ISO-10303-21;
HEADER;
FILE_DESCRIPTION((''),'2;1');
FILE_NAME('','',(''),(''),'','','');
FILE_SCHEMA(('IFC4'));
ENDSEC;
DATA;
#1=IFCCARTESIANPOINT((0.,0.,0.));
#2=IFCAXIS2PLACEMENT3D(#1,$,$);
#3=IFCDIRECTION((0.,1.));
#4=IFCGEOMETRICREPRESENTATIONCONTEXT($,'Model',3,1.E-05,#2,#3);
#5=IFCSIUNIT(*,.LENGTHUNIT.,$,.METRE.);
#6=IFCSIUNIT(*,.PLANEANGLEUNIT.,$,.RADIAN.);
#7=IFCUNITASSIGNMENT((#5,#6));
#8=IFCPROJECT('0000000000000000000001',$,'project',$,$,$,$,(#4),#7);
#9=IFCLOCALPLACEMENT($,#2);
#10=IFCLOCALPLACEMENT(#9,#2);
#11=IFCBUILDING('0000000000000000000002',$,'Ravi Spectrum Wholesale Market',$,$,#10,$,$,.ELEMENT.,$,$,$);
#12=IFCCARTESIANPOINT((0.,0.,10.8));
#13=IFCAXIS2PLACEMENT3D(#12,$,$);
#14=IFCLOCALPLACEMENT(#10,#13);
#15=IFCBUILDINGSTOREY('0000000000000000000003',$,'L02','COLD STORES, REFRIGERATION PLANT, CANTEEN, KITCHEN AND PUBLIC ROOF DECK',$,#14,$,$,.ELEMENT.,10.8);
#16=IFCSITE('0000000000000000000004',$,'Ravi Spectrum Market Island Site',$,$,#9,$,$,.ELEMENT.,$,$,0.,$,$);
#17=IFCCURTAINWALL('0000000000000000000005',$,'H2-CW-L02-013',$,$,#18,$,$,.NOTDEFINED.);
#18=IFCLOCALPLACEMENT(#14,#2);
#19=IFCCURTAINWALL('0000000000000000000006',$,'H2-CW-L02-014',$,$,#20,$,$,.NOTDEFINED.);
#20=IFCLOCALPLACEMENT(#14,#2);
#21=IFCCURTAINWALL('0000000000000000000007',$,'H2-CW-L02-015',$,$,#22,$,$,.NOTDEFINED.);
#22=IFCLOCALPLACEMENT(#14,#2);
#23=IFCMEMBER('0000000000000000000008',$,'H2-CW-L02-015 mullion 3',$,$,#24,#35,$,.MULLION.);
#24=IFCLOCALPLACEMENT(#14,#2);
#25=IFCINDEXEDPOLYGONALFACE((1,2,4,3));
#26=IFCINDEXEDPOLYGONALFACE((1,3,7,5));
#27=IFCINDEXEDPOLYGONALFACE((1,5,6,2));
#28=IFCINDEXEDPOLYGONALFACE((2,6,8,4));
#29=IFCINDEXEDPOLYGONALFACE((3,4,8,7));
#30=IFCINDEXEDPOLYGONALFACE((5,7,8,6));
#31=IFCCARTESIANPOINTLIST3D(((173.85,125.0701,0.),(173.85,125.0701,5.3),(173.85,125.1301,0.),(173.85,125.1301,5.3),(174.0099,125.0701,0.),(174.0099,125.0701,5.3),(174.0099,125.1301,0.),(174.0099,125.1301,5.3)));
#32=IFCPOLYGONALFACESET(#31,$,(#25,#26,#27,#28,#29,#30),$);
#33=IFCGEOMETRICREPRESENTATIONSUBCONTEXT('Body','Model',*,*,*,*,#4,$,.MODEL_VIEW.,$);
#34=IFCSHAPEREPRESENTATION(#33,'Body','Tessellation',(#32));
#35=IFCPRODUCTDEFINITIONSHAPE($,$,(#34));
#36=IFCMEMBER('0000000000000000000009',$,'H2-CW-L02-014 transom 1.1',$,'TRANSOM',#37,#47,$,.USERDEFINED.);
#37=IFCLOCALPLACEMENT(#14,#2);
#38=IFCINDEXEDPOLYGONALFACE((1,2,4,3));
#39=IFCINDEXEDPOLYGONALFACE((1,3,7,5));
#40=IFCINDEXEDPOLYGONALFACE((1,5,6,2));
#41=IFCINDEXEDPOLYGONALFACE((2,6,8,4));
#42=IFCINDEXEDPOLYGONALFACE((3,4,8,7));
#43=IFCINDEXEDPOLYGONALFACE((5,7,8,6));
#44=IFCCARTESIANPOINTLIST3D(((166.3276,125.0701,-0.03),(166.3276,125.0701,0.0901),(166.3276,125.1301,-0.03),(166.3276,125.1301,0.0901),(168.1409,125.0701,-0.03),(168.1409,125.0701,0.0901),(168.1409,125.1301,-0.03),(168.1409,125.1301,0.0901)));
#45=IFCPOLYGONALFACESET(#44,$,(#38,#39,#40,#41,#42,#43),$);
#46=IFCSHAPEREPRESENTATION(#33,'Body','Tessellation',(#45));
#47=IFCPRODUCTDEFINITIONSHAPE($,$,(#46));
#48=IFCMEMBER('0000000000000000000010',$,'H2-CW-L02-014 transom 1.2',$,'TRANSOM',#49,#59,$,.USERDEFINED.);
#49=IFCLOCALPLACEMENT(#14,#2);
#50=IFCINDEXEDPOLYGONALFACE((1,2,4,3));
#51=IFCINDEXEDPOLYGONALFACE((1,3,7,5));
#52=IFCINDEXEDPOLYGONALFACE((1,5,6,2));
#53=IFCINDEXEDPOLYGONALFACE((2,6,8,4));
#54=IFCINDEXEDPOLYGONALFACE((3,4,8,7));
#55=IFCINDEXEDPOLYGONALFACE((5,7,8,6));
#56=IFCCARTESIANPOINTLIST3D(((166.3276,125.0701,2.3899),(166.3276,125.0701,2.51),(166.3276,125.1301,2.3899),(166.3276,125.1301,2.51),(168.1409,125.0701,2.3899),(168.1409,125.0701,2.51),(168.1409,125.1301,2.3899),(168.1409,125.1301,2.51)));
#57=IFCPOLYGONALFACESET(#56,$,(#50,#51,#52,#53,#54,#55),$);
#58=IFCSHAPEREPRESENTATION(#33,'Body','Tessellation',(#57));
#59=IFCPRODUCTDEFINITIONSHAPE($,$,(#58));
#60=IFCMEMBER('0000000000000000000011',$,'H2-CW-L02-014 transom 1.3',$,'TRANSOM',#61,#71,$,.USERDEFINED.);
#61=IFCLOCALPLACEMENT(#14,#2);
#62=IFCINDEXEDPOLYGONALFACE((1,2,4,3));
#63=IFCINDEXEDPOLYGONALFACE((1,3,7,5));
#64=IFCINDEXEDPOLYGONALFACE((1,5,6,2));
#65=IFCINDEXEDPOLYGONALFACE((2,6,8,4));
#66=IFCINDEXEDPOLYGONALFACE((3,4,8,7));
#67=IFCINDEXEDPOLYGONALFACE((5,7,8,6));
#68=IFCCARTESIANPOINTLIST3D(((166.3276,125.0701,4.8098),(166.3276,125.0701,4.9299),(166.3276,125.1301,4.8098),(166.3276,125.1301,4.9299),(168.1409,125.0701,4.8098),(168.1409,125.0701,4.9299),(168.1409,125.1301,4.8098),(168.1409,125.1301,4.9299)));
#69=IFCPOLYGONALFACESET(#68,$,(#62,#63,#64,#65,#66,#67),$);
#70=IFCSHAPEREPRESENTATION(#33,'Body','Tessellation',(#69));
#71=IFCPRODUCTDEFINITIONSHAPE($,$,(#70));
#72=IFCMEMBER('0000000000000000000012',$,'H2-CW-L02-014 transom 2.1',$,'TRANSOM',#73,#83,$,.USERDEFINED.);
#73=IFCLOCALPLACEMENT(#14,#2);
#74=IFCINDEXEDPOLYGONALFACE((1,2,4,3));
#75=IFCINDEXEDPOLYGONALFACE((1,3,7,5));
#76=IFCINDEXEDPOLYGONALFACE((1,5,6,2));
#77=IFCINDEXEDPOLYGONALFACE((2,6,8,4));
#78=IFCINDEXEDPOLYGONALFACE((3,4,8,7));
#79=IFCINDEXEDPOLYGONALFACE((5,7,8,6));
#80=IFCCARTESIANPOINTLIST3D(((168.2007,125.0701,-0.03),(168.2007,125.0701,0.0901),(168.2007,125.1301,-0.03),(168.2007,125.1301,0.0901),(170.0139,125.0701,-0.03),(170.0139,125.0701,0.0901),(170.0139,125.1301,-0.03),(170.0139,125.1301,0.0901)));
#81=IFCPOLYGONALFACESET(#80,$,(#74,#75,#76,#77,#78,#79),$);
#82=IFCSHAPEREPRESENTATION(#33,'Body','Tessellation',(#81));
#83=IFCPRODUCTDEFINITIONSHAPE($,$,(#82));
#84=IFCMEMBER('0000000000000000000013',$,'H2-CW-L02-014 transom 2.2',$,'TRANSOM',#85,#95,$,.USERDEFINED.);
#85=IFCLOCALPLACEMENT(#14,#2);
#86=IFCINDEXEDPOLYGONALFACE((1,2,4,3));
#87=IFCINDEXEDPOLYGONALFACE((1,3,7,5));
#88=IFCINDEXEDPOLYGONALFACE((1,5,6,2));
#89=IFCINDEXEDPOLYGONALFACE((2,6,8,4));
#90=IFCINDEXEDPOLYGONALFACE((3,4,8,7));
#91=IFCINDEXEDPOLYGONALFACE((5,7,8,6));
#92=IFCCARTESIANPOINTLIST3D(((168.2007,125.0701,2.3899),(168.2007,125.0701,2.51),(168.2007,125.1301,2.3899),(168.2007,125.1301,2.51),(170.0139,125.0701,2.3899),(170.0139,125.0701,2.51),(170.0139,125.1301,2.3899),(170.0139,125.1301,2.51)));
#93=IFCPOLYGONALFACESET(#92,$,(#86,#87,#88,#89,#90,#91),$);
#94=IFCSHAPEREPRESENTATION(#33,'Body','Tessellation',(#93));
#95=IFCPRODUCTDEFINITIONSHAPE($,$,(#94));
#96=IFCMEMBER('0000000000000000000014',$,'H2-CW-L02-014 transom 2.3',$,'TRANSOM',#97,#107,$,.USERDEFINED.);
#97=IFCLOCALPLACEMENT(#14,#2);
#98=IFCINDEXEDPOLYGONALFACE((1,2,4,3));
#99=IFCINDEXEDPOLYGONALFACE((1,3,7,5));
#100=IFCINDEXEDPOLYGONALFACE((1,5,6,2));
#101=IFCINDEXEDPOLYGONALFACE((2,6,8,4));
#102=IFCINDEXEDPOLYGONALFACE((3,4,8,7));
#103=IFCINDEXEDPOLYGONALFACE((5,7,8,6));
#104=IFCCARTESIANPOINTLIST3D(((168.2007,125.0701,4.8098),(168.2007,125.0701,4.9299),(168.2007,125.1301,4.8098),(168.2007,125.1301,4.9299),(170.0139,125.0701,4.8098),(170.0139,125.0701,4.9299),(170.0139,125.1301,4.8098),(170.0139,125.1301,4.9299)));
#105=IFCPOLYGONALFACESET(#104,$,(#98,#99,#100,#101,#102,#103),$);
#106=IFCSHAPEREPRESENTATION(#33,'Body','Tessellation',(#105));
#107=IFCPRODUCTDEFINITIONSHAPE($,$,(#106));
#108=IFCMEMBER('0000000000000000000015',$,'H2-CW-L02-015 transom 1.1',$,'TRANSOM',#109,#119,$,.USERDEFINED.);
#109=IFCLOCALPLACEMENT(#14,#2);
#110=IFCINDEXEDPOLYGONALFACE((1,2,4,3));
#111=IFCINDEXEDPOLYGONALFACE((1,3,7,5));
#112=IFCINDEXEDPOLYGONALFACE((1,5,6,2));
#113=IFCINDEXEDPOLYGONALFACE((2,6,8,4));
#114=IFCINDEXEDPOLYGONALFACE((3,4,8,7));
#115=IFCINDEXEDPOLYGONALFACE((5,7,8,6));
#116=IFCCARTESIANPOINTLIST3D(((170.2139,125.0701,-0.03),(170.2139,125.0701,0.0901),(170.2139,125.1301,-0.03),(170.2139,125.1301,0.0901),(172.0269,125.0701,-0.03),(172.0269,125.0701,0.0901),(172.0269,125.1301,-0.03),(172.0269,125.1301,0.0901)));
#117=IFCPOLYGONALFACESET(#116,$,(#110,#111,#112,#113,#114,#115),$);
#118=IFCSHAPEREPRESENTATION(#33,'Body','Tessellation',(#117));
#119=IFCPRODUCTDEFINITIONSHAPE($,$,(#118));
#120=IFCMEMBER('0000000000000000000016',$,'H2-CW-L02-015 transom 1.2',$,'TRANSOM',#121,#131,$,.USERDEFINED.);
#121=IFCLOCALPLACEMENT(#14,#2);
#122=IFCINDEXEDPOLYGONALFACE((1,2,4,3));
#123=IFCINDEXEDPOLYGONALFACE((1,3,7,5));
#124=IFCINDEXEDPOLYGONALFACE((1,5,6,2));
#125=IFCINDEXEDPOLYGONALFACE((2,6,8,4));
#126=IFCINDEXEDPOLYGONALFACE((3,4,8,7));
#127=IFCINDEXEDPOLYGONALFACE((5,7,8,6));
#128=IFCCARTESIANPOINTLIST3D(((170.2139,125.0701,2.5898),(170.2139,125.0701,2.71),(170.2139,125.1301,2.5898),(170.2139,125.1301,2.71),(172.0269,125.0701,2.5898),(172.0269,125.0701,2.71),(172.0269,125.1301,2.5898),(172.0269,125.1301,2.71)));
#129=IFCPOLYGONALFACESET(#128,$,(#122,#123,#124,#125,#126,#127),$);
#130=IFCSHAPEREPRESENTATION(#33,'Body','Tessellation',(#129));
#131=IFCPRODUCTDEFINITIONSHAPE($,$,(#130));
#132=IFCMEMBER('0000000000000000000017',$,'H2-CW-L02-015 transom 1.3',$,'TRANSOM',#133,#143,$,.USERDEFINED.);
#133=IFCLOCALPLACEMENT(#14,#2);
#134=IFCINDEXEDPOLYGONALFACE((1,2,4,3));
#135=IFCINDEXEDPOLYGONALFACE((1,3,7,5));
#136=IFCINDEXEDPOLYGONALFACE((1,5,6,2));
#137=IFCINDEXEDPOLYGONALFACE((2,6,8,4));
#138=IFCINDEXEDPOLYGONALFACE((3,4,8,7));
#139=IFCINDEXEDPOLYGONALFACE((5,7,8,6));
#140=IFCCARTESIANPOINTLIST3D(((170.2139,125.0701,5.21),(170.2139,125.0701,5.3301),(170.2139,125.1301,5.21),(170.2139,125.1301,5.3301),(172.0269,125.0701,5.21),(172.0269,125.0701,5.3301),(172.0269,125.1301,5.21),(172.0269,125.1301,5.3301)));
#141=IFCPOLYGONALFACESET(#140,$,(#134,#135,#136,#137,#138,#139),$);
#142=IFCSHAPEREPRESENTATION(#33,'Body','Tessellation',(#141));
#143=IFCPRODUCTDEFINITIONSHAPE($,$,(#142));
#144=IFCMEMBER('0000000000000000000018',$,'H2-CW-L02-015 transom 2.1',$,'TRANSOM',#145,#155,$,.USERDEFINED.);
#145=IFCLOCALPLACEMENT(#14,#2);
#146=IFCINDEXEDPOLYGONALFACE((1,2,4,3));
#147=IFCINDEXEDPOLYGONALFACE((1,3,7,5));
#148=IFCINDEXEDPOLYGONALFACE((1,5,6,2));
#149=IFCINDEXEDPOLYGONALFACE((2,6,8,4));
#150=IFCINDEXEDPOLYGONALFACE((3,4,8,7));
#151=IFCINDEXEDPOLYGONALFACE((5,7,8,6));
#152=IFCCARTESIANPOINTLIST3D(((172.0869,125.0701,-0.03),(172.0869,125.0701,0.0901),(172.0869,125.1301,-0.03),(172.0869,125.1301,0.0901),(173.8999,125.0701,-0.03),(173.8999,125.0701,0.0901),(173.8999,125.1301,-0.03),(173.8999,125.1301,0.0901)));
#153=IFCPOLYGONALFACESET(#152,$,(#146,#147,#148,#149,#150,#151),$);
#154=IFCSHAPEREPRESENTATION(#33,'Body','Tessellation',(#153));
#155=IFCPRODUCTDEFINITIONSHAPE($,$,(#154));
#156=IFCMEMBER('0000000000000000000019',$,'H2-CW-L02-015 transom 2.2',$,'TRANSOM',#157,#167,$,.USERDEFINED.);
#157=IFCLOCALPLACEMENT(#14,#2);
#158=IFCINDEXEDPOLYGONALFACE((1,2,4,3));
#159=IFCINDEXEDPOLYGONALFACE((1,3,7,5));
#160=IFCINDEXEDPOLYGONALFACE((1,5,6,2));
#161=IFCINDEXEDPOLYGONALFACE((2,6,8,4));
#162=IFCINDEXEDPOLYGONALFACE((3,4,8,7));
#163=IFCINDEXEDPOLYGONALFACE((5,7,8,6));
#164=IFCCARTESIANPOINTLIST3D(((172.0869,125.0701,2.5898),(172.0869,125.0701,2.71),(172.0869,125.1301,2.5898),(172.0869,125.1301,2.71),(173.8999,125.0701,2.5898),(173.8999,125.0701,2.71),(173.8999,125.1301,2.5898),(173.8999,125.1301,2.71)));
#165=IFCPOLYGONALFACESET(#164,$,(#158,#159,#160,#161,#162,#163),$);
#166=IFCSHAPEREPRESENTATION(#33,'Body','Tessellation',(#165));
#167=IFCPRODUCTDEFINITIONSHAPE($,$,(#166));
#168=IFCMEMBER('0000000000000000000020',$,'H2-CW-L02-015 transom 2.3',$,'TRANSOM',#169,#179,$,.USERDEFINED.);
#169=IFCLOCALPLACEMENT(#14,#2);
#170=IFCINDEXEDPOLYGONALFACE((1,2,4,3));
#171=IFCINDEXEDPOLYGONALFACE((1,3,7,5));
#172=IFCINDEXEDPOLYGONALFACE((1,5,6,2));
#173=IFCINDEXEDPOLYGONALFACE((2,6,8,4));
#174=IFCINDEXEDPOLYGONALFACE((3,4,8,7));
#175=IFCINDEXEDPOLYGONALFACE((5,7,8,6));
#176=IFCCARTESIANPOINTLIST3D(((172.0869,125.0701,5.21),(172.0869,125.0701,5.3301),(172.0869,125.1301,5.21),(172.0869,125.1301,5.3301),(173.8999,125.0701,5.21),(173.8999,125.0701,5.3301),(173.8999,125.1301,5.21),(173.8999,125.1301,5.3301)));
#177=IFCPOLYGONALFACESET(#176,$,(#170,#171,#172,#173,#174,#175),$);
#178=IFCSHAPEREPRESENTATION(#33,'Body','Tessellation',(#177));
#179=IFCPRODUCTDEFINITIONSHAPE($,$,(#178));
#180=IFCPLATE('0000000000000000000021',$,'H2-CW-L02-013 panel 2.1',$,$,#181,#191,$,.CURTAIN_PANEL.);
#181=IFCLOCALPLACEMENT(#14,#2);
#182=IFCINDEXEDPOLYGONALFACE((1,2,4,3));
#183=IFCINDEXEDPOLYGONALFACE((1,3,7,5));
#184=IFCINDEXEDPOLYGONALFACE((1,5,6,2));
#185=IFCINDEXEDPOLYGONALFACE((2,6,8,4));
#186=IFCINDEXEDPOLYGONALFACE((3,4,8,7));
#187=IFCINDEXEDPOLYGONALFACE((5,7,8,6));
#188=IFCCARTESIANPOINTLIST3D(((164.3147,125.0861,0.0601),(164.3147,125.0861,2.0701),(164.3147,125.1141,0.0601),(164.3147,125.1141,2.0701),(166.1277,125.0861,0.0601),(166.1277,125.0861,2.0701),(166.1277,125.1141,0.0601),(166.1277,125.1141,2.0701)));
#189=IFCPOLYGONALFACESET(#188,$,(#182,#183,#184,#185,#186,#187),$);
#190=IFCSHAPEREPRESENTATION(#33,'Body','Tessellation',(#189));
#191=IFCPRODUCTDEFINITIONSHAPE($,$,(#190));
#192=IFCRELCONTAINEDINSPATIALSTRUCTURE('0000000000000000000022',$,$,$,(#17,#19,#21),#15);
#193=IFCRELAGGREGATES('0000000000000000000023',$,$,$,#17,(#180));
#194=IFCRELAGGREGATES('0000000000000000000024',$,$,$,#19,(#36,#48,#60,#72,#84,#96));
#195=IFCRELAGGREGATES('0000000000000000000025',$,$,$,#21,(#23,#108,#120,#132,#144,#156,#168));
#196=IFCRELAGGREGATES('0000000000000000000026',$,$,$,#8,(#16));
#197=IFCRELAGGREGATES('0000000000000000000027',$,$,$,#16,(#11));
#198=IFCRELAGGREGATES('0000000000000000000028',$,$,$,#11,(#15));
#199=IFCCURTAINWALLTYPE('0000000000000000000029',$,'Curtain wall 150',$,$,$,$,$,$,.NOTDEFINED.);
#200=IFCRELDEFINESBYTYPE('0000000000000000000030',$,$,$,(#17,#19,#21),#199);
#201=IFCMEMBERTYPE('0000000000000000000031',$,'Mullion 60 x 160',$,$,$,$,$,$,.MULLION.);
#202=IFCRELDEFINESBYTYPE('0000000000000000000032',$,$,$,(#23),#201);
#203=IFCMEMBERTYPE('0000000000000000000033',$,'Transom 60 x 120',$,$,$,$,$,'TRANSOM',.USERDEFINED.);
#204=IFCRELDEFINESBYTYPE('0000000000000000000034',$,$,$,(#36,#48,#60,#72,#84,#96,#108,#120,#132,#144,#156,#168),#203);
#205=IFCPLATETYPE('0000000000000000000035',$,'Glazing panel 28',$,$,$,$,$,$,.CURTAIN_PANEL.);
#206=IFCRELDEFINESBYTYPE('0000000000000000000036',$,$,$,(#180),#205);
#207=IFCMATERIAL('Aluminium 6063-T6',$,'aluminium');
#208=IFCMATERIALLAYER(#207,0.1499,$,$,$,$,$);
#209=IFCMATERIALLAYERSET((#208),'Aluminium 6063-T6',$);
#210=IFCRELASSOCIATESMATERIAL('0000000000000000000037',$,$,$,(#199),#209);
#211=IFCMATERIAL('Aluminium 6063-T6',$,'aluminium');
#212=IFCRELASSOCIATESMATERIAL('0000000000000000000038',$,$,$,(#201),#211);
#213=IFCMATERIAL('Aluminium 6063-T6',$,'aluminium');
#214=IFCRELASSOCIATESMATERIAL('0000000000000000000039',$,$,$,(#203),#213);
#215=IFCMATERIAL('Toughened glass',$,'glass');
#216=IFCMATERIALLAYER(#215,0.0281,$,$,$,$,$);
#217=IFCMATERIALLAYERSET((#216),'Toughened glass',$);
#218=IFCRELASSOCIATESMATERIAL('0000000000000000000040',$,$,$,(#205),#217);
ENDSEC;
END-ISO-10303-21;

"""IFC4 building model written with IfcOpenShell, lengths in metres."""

from ifc_helpers import new_model, si_unit, direction, frame, origin, origin_2d, place, context, subcontext, project, spatial, rectangle, extrude, material, layer, layer_set, material_profile, profile_set, type_object, element, aggregate, save


model = new_model("IFC4")

# Units and contexts
model_context = context("Model", 3, precision=1e-05, world=origin(), true_north=direction((0.0, 1.0)))
body_context = subcontext(model_context, "Body", "Model", "MODEL_VIEW")
ifc_project = project(units=[si_unit("LENGTHUNIT", "METRE"), si_unit("PLANEANGLEUNIT", "RADIAN")], contexts=[model_context])

# Site, building, storey
site_placement = place(None, origin())
site = spatial("IfcSite", under=ifc_project, at=site_placement, Name="Ravi Spectrum Market Island Site", CompositionType="ELEMENT", RefElevation=0.0)
building_placement = place(site_placement, origin())
building = spatial("IfcBuilding", under=site, at=building_placement, Name="Ravi Spectrum Wholesale Market", CompositionType="ELEMENT")
storey_placement = place(building_placement, frame((0.0, 0.0, 10.8)))
storey = spatial("IfcBuildingStorey", under=building, at=storey_placement, Name="L02", Description="COLD STORES, REFRIGERATION PLANT, CANTEEN, KITCHEN AND PUBLIC ROOF DECK", CompositionType="ELEMENT", Elevation=10.8)

# Curtain wall
ifc_material_1 = material(Name="Aluminium 6063-T6", Category="aluminium")
ifc_layer_1 = layer(ifc_material_1, 0.1499)
ifc_layer_set_1 = layer_set([ifc_layer_1], Name="Aluminium 6063-T6")
curtain_wall_type = type_object("IfcCurtainWallType", Name="Curtain wall 150", PredefinedType="NOTDEFINED", material=ifc_layer_set_1)
curtain_wall_1_placement = place(storey_placement, origin())
curtain_wall_1 = element("IfcCurtainWall", 1, at=curtain_wall_1_placement, inside=storey, type_object=curtain_wall_type, Name="H2-CW-L02-013", PredefinedType="NOTDEFINED")
ifc_material_2 = material(Name="Aluminium 6063-T6", Category="aluminium")
ifc_material_profile_1 = material_profile(ifc_material_2, rectangle(XDim=0.0601, YDim=0.1599, at=origin_2d()))
ifc_profile_set_1 = profile_set([ifc_material_profile_1], Name="Aluminium 6063-T6")
member_type_1 = type_object("IfcMemberType", Name="Mullion 60 x 160", PredefinedType="MULLION", material=ifc_profile_set_1)

# Curtain walls, member
curtain_wall_2_placement = place(storey_placement, origin())
curtain_wall_2 = element("IfcCurtainWall", 2, at=curtain_wall_2_placement, inside=storey, type_object=curtain_wall_type, Name="H2-CW-L02-014", PredefinedType="NOTDEFINED")
curtain_wall_3_placement = place(storey_placement, origin())
curtain_wall_3 = element("IfcCurtainWall", 3, at=curtain_wall_3_placement, inside=storey, type_object=curtain_wall_type, Name="H2-CW-L02-015", PredefinedType="NOTDEFINED")
member_1_placement = place(storey_placement, frame((173.9299, 125.1001, 0.0), z_axis=(0.0, 0.0, 1.0), x_axis=(0.0, 1.0, 0.0)))
member_1 = element("IfcMember", 4, at=member_1_placement, type_object=member_type_1, Name="H2-CW-L02-015 mullion 3", PredefinedType="MULLION", context=body_context, shape_type="SweptSolid", body=[
    extrude(rectangle(XDim=0.0601, YDim=0.1599, at=origin_2d()), origin(), (0.0, 0.0, 1.0), 5.3),
])

# Members
ifc_material_3 = material(Name="Aluminium 6063-T6", Category="aluminium")
ifc_material_profile_2 = material_profile(ifc_material_3, rectangle(XDim=0.0601, YDim=0.1201, at=origin_2d()))
ifc_profile_set_2 = profile_set([ifc_material_profile_2], Name="Aluminium 6063-T6")
member_type_2 = type_object("IfcMemberType", Name="Transom 60 x 120", ElementType="TRANSOM", PredefinedType="USERDEFINED", material=ifc_profile_set_2)
member_2_placement = place(storey_placement, frame((166.3276, 125.1001, 0.03), z_axis=(1.0, 0.0, 0.0), x_axis=(0.0, 1.0, 0.0)))
member_2 = element("IfcMember", 5, at=member_2_placement, type_object=member_type_2, Name="H2-CW-L02-014 transom 1.1", ObjectType="TRANSOM", PredefinedType="USERDEFINED", context=body_context, shape_type="SweptSolid", body=[
    extrude(rectangle(XDim=0.0601, YDim=0.1201, at=origin_2d()), origin(), (0.0, 0.0, 1.0), 1.8132),
])
member_3_placement = place(storey_placement, frame((166.3276, 125.1001, 2.45), z_axis=(1.0, 0.0, 0.0), x_axis=(0.0, 1.0, 0.0)))
member_3 = element("IfcMember", 6, at=member_3_placement, type_object=member_type_2, Name="H2-CW-L02-014 transom 1.2", ObjectType="TRANSOM", PredefinedType="USERDEFINED", context=body_context, shape_type="SweptSolid", body=[
    extrude(rectangle(XDim=0.0601, YDim=0.1201, at=origin_2d()), origin(), (0.0, 0.0, 1.0), 1.8132),
])
member_4_placement = place(storey_placement, frame((166.3276, 125.1001, 4.8699), z_axis=(1.0, 0.0, 0.0), x_axis=(0.0, 1.0, 0.0)))
member_4 = element("IfcMember", 7, at=member_4_placement, type_object=member_type_2, Name="H2-CW-L02-014 transom 1.3", ObjectType="TRANSOM", PredefinedType="USERDEFINED", context=body_context, shape_type="SweptSolid", body=[
    extrude(rectangle(XDim=0.0601, YDim=0.1201, at=origin_2d()), origin(), (0.0, 0.0, 1.0), 1.8132),
])
member_5_placement = place(storey_placement, frame((168.2007, 125.1001, 0.03), z_axis=(1.0, 0.0, 0.0), x_axis=(0.0, 1.0, 0.0)))
member_5 = element("IfcMember", 8, at=member_5_placement, type_object=member_type_2, Name="H2-CW-L02-014 transom 2.1", ObjectType="TRANSOM", PredefinedType="USERDEFINED", context=body_context, shape_type="SweptSolid", body=[
    extrude(rectangle(XDim=0.0601, YDim=0.1201, at=origin_2d()), origin(), (0.0, 0.0, 1.0), 1.8132),
])
member_6_placement = place(storey_placement, frame((168.2007, 125.1001, 2.45), z_axis=(1.0, 0.0, 0.0), x_axis=(0.0, 1.0, 0.0)))
member_6 = element("IfcMember", 9, at=member_6_placement, type_object=member_type_2, Name="H2-CW-L02-014 transom 2.2", ObjectType="TRANSOM", PredefinedType="USERDEFINED", context=body_context, shape_type="SweptSolid", body=[
    extrude(rectangle(XDim=0.0601, YDim=0.1201, at=origin_2d()), origin(), (0.0, 0.0, 1.0), 1.8132),
])
member_7_placement = place(storey_placement, frame((168.2007, 125.1001, 4.8699), z_axis=(1.0, 0.0, 0.0), x_axis=(0.0, 1.0, 0.0)))
member_7 = element("IfcMember", 10, at=member_7_placement, type_object=member_type_2, Name="H2-CW-L02-014 transom 2.3", ObjectType="TRANSOM", PredefinedType="USERDEFINED", context=body_context, shape_type="SweptSolid", body=[
    extrude(rectangle(XDim=0.0601, YDim=0.1201, at=origin_2d()), origin(), (0.0, 0.0, 1.0), 1.8132),
])
member_8_placement = place(storey_placement, frame((170.2139, 125.1001, 0.03), z_axis=(1.0, 0.0, 0.0), x_axis=(0.0, 1.0, 0.0)))
member_8 = element("IfcMember", 11, at=member_8_placement, type_object=member_type_2, Name="H2-CW-L02-015 transom 1.1", ObjectType="TRANSOM", PredefinedType="USERDEFINED", context=body_context, shape_type="SweptSolid", body=[
    extrude(rectangle(XDim=0.0601, YDim=0.1201, at=origin_2d()), origin(), (0.0, 0.0, 1.0), 1.813),
])
member_9_placement = place(storey_placement, frame((170.2139, 125.1001, 2.6499), z_axis=(1.0, 0.0, 0.0), x_axis=(0.0, 1.0, 0.0)))
member_9 = element("IfcMember", 12, at=member_9_placement, type_object=member_type_2, Name="H2-CW-L02-015 transom 1.2", ObjectType="TRANSOM", PredefinedType="USERDEFINED", context=body_context, shape_type="SweptSolid", body=[
    extrude(rectangle(XDim=0.0601, YDim=0.1201, at=origin_2d()), origin(), (0.0, 0.0, 1.0), 1.813),
])
member_10_placement = place(storey_placement, frame((170.2139, 125.1001, 5.27), z_axis=(1.0, 0.0, 0.0), x_axis=(0.0, 1.0, 0.0)))
member_10 = element("IfcMember", 13, at=member_10_placement, type_object=member_type_2, Name="H2-CW-L02-015 transom 1.3", ObjectType="TRANSOM", PredefinedType="USERDEFINED", context=body_context, shape_type="SweptSolid", body=[
    extrude(rectangle(XDim=0.0601, YDim=0.1201, at=origin_2d()), origin(), (0.0, 0.0, 1.0), 1.813),
])
member_11_placement = place(storey_placement, frame((172.0869, 125.1001, 0.03), z_axis=(1.0, 0.0, 0.0), x_axis=(0.0, 1.0, 0.0)))
member_11 = element("IfcMember", 14, at=member_11_placement, type_object=member_type_2, Name="H2-CW-L02-015 transom 2.1", ObjectType="TRANSOM", PredefinedType="USERDEFINED", context=body_context, shape_type="SweptSolid", body=[
    extrude(rectangle(XDim=0.0601, YDim=0.1201, at=origin_2d()), origin(), (0.0, 0.0, 1.0), 1.813),
])
member_12_placement = place(storey_placement, frame((172.0869, 125.1001, 2.6499), z_axis=(1.0, 0.0, 0.0), x_axis=(0.0, 1.0, 0.0)))
member_12 = element("IfcMember", 15, at=member_12_placement, type_object=member_type_2, Name="H2-CW-L02-015 transom 2.2", ObjectType="TRANSOM", PredefinedType="USERDEFINED", context=body_context, shape_type="SweptSolid", body=[
    extrude(rectangle(XDim=0.0601, YDim=0.1201, at=origin_2d()), origin(), (0.0, 0.0, 1.0), 1.813),
])
member_13_placement = place(storey_placement, frame((172.0869, 125.1001, 5.27), z_axis=(1.0, 0.0, 0.0), x_axis=(0.0, 1.0, 0.0)))
member_13 = element("IfcMember", 16, at=member_13_placement, type_object=member_type_2, Name="H2-CW-L02-015 transom 2.3", ObjectType="TRANSOM", PredefinedType="USERDEFINED", context=body_context, shape_type="SweptSolid", body=[
    extrude(rectangle(XDim=0.0601, YDim=0.1201, at=origin_2d()), origin(), (0.0, 0.0, 1.0), 1.813),
])

# Plate
ifc_material_4 = material(Name="Toughened glass", Category="glass")
ifc_layer_2 = layer(ifc_material_4, 0.0281)
ifc_layer_set_2 = layer_set([ifc_layer_2], Name="Toughened glass")
plate_type_1 = type_object("IfcPlateType", Name="Glazing panel 28", PredefinedType="CURTAIN_PANEL", material=ifc_layer_set_2)
plate_1_placement = place(storey_placement, frame((165.2212, 125.1001, 0.0601), z_axis=(0.0, 0.0, 1.0), x_axis=(1.0, 0.0, 0.0)))
plate_1 = element("IfcPlate", 17, at=plate_1_placement, type_object=plate_type_1, Name="H2-CW-L02-013 panel 2.1", PredefinedType="CURTAIN_PANEL", context=body_context, shape_type="SweptSolid", body=[
    extrude(rectangle(XDim=1.813, YDim=0.0281, at=origin_2d()), origin(), (0.0, 0.0, 1.0), 2.01),
])
aggregate(curtain_wall_1, [plate_1])
aggregate(curtain_wall_2, [member_2, member_3, member_4, member_5, member_6, member_7])
aggregate(curtain_wall_3, [member_1, member_8, member_9, member_10, member_11, member_12, member_13])

save(model, "model.ifc")
